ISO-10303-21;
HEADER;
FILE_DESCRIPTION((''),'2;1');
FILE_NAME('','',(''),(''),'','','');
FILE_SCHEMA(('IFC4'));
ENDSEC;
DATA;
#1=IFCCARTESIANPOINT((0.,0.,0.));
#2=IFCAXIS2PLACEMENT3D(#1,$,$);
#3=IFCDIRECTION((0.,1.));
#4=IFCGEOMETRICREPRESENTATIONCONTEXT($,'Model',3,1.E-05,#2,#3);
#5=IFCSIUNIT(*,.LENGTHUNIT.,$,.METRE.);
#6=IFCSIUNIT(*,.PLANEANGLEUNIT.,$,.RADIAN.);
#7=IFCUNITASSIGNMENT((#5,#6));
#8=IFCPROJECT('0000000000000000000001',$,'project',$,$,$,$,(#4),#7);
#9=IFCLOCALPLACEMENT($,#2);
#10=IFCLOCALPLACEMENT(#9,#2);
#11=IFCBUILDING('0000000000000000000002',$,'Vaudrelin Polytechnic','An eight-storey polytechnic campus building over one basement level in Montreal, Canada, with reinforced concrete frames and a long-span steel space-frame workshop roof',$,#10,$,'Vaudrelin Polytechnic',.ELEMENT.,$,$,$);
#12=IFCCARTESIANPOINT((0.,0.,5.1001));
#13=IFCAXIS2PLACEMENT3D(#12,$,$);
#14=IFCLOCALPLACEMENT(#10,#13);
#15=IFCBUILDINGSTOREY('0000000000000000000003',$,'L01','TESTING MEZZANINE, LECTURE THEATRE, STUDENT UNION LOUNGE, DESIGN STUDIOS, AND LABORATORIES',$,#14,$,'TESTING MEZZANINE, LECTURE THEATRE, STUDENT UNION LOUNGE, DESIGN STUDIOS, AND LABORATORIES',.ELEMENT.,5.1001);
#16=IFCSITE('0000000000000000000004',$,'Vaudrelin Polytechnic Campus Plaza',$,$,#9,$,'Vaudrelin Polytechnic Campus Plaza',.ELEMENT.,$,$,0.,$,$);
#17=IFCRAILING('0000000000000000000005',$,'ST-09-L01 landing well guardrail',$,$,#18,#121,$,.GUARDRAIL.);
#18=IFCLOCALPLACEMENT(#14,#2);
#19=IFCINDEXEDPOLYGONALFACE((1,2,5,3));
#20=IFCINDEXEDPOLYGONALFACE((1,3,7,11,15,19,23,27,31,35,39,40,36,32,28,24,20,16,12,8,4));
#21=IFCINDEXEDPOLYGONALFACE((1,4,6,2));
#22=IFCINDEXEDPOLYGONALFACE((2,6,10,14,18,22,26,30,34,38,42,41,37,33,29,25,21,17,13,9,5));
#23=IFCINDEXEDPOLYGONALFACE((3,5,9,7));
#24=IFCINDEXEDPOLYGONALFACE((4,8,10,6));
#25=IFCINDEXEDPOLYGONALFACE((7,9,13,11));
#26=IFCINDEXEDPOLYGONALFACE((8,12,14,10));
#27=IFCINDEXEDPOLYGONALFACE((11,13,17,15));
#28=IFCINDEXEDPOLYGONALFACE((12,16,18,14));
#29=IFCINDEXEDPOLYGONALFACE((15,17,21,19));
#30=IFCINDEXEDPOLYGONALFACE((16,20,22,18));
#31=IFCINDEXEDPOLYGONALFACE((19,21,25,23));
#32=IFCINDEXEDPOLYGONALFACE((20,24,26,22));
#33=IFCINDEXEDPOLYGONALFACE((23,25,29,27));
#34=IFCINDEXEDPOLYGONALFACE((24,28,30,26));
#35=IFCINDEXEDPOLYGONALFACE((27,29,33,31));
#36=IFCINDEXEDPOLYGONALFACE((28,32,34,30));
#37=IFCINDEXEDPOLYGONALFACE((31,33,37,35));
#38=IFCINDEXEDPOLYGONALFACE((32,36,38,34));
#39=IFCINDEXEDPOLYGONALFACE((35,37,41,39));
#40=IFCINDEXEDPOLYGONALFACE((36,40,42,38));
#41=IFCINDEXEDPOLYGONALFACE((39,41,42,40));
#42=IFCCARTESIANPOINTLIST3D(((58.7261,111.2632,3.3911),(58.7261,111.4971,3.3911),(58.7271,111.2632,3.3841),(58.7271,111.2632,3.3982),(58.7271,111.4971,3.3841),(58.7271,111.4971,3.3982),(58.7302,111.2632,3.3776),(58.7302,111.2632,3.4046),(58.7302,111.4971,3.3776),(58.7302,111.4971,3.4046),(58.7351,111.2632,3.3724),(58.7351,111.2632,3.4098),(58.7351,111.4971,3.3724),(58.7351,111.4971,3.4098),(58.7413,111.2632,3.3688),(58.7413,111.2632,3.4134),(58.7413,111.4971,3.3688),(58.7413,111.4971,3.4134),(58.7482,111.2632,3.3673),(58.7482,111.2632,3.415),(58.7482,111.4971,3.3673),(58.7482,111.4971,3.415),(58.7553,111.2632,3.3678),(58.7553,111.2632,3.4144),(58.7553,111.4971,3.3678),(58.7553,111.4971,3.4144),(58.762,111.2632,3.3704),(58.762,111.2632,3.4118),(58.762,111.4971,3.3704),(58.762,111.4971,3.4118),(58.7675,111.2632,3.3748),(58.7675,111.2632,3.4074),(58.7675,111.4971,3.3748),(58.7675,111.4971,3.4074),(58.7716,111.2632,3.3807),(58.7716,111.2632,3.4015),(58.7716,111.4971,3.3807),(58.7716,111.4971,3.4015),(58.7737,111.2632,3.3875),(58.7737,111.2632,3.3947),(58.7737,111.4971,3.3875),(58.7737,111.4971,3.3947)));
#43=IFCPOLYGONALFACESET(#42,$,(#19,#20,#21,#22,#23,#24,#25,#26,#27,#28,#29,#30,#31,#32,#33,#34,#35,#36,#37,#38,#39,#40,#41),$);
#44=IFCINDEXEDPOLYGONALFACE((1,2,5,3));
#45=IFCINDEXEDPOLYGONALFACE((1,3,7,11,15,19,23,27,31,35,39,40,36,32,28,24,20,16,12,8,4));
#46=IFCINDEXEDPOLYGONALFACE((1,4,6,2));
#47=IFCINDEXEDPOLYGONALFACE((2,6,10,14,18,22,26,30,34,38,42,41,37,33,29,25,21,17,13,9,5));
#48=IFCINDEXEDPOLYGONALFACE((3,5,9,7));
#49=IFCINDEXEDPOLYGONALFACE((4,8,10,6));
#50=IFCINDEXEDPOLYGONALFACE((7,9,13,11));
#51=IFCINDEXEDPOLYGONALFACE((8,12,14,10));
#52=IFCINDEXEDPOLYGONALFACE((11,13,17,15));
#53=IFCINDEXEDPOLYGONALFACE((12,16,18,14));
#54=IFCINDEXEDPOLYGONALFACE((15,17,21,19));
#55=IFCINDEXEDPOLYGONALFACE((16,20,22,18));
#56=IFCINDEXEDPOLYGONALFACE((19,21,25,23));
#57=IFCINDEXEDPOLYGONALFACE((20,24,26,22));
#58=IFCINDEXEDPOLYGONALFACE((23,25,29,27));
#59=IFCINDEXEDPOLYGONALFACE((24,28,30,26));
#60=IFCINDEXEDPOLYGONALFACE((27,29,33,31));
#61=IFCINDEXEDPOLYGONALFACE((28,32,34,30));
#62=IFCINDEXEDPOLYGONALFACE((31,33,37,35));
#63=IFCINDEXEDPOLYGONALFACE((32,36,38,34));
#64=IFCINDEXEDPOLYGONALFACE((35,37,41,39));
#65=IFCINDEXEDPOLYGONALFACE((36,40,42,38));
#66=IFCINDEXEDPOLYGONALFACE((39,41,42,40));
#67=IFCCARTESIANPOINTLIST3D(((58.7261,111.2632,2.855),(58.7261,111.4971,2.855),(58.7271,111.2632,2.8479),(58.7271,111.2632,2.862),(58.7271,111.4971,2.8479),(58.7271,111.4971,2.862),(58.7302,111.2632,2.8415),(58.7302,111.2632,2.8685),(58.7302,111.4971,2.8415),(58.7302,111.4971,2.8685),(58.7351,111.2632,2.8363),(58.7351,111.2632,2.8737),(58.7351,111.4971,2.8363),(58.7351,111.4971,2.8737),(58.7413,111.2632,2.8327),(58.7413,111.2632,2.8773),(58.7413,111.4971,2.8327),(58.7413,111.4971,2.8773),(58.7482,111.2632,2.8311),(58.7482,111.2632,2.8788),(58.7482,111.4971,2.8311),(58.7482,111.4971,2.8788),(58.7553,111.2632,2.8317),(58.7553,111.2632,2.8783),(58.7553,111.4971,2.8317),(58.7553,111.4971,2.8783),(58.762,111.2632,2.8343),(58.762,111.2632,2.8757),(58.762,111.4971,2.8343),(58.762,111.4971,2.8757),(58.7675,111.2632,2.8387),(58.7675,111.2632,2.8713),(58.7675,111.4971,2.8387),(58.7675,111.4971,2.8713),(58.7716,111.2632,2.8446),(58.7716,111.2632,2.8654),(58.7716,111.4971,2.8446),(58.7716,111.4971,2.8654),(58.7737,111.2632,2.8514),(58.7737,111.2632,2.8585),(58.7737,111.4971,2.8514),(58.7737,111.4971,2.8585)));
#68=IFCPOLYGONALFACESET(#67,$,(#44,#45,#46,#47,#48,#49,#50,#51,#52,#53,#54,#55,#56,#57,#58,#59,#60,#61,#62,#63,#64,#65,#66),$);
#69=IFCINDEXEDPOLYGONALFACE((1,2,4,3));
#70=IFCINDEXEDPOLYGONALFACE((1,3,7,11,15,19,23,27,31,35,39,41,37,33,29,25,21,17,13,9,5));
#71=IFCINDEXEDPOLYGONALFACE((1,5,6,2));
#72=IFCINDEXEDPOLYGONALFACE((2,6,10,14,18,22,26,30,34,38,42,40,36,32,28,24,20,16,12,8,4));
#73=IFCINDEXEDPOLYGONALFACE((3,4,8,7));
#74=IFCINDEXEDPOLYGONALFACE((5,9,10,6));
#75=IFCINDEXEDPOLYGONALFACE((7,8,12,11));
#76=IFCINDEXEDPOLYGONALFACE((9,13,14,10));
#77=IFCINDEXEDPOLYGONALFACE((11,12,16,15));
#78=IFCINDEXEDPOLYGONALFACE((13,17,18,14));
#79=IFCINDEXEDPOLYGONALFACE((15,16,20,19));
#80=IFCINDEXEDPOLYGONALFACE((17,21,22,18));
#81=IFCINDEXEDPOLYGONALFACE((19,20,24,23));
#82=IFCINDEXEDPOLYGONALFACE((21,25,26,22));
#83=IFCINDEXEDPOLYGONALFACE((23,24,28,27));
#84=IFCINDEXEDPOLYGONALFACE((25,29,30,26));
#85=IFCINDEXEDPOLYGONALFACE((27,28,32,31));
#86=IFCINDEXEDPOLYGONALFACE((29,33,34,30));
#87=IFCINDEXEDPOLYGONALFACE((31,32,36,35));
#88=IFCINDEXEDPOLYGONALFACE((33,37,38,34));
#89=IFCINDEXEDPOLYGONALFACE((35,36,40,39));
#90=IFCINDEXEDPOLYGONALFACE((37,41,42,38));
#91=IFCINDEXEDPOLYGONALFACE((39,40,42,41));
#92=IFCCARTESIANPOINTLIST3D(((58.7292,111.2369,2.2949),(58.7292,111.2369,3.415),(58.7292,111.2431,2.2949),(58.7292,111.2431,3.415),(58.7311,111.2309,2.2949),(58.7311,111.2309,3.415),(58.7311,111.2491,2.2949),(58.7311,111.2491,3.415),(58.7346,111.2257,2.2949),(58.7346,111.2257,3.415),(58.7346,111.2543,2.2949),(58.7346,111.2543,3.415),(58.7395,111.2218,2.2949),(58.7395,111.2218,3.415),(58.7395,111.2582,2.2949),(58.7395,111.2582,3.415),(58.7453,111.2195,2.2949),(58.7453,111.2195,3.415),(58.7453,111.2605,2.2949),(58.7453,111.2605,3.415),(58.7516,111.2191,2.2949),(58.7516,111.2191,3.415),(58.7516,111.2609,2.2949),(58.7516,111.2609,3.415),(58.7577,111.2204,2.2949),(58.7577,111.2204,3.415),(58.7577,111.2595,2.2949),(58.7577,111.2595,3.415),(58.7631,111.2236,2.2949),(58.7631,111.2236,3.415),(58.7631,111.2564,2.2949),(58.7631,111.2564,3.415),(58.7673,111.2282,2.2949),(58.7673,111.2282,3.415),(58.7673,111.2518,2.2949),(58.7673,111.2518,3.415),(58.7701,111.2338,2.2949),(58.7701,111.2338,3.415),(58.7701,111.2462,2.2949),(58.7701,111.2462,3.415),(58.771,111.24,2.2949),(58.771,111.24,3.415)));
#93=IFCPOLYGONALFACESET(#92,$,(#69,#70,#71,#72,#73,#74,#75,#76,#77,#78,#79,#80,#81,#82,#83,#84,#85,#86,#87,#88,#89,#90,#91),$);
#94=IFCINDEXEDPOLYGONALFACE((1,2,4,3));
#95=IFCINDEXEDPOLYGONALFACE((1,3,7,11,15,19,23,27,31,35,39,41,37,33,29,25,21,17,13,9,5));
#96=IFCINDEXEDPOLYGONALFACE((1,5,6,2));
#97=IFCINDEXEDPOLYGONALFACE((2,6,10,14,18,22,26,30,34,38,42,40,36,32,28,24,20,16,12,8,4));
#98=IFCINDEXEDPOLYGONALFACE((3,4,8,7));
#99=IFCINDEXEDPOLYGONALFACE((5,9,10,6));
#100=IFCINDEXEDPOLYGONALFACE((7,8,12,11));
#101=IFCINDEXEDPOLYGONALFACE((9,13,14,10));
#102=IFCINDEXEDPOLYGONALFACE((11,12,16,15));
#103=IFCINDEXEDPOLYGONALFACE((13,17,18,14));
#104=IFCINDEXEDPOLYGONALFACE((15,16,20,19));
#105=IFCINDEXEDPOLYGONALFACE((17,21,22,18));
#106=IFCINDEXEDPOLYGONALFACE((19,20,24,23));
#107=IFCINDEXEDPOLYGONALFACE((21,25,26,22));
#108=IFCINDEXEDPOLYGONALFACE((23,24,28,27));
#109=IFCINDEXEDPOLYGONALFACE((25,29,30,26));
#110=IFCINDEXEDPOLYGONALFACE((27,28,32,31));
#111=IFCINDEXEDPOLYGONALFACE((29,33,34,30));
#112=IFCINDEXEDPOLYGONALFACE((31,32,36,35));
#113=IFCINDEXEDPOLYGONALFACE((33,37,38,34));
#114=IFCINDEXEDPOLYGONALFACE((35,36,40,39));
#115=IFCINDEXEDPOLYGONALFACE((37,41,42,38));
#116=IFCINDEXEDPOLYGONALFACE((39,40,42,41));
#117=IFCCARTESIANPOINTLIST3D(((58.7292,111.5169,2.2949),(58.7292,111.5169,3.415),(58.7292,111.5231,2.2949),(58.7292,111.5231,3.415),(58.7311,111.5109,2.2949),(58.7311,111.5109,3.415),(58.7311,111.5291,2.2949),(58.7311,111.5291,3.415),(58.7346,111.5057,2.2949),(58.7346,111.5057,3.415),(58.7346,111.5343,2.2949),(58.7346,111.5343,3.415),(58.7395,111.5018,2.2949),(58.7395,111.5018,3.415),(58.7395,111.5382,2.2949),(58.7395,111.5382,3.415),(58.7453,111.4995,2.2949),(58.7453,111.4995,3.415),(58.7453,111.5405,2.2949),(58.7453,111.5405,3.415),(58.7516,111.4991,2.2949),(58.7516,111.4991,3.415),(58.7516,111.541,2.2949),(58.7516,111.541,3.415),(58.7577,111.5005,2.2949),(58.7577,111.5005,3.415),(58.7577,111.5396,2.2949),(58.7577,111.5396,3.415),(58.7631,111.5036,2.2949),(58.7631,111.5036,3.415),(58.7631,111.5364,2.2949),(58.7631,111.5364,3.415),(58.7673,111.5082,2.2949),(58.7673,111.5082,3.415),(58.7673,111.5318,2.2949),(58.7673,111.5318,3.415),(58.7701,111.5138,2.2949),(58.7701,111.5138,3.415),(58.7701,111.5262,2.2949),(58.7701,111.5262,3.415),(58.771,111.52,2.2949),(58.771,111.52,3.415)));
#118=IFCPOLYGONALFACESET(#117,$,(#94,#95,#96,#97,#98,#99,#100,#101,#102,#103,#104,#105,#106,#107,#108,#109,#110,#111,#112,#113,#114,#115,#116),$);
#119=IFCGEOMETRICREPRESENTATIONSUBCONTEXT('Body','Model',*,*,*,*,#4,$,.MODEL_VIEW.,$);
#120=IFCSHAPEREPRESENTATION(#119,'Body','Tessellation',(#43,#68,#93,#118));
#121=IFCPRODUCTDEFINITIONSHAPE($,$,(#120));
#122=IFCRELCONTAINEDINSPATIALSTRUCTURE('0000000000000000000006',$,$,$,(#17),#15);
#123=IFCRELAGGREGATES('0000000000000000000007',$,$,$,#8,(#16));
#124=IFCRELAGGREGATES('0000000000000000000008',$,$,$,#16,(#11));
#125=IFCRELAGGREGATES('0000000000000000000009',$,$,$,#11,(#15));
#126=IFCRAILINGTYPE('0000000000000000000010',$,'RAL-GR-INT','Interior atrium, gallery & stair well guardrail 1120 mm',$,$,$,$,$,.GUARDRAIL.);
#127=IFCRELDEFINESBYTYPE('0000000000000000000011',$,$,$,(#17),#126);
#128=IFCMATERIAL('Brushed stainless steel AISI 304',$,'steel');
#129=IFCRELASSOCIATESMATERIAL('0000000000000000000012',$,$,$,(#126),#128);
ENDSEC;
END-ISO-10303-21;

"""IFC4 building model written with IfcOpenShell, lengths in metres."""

from ifc_helpers import new_model, si_unit, direction, frame, origin, origin_2d, place, context, subcontext, project, spatial, circle, extrude, material, type_object, element, save


model = new_model("IFC4")

# Units and contexts
model_context = context("Model", 3, precision=1e-05, world=origin(), true_north=direction((0.0, 1.0)))
body_context = subcontext(model_context, "Body", "Model", "MODEL_VIEW")
ifc_project = project(units=[si_unit("LENGTHUNIT", "METRE"), si_unit("PLANEANGLEUNIT", "RADIAN")], contexts=[model_context])

# Site, building, storey
site_placement = place(None, origin())
site = spatial("IfcSite", under=ifc_project, at=site_placement, Name="Vaudrelin Polytechnic Campus Plaza", LongName="Vaudrelin Polytechnic Campus Plaza", CompositionType="ELEMENT", RefElevation=0.0)
building_placement = place(site_placement, origin())
building = spatial("IfcBuilding", under=site, at=building_placement, Name="Vaudrelin Polytechnic", Description="An eight-storey polytechnic campus building over one basement level in Montreal, Canada, with reinforced concrete frames and a long-span steel space-frame workshop roof", LongName="Vaudrelin Polytechnic", CompositionType="ELEMENT")
storey_placement = place(building_placement, frame((0.0, 0.0, 5.1001)))
storey = spatial("IfcBuildingStorey", under=building, at=storey_placement, Name="L01", Description="TESTING MEZZANINE, LECTURE THEATRE, STUDENT UNION LOUNGE, DESIGN STUDIOS, AND LABORATORIES", LongName="TESTING MEZZANINE, LECTURE THEATRE, STUDENT UNION LOUNGE, DESIGN STUDIOS, AND LABORATORIES", CompositionType="ELEMENT", Elevation=5.1001)

# Railing
ifc_material_1 = material(Name="Brushed stainless steel AISI 304", Category="steel")
railing_type_1 = type_object("IfcRailingType", Name="RAL-GR-INT", Description="Interior atrium, gallery & stair well guardrail 1120 mm", PredefinedType="GUARDRAIL", material=ifc_material_1)
railing_1_placement = place(storey_placement, frame((58.75, 111.24, 2.2949)))
element("IfcRailing", 1, at=railing_1_placement, inside=storey, type_object=railing_type_1, Name="ST-09-L01 landing well guardrail", PredefinedType="GUARDRAIL", context=body_context, shape_type="SweptSolid", body=[
    extrude(circle(Radius=0.0239, at=origin_2d()), frame((0.0, 0.0232, 1.0962), z_axis=(0.0, 1.0, 0.0), x_axis=(-1.0, 0.0, 0.0)), (0.0, 0.0, 1.0), 0.2339),
    extrude(circle(Radius=0.0239, at=origin_2d()), frame((0.0, 0.0232, 0.5601), z_axis=(0.0, 1.0, 0.0), x_axis=(-1.0, 0.0, 0.0)), (0.0, 0.0, 1.0), 0.2339),
    extrude(circle(Radius=0.021, at=origin_2d()), origin(), (0.0, 0.0, 1.0), 1.1201),
    extrude(circle(Radius=0.021, at=origin_2d()), frame((0.0, 0.28, 0.0)), (0.0, 0.0, 1.0), 1.1201),
])

save(model, "model.ifc")
